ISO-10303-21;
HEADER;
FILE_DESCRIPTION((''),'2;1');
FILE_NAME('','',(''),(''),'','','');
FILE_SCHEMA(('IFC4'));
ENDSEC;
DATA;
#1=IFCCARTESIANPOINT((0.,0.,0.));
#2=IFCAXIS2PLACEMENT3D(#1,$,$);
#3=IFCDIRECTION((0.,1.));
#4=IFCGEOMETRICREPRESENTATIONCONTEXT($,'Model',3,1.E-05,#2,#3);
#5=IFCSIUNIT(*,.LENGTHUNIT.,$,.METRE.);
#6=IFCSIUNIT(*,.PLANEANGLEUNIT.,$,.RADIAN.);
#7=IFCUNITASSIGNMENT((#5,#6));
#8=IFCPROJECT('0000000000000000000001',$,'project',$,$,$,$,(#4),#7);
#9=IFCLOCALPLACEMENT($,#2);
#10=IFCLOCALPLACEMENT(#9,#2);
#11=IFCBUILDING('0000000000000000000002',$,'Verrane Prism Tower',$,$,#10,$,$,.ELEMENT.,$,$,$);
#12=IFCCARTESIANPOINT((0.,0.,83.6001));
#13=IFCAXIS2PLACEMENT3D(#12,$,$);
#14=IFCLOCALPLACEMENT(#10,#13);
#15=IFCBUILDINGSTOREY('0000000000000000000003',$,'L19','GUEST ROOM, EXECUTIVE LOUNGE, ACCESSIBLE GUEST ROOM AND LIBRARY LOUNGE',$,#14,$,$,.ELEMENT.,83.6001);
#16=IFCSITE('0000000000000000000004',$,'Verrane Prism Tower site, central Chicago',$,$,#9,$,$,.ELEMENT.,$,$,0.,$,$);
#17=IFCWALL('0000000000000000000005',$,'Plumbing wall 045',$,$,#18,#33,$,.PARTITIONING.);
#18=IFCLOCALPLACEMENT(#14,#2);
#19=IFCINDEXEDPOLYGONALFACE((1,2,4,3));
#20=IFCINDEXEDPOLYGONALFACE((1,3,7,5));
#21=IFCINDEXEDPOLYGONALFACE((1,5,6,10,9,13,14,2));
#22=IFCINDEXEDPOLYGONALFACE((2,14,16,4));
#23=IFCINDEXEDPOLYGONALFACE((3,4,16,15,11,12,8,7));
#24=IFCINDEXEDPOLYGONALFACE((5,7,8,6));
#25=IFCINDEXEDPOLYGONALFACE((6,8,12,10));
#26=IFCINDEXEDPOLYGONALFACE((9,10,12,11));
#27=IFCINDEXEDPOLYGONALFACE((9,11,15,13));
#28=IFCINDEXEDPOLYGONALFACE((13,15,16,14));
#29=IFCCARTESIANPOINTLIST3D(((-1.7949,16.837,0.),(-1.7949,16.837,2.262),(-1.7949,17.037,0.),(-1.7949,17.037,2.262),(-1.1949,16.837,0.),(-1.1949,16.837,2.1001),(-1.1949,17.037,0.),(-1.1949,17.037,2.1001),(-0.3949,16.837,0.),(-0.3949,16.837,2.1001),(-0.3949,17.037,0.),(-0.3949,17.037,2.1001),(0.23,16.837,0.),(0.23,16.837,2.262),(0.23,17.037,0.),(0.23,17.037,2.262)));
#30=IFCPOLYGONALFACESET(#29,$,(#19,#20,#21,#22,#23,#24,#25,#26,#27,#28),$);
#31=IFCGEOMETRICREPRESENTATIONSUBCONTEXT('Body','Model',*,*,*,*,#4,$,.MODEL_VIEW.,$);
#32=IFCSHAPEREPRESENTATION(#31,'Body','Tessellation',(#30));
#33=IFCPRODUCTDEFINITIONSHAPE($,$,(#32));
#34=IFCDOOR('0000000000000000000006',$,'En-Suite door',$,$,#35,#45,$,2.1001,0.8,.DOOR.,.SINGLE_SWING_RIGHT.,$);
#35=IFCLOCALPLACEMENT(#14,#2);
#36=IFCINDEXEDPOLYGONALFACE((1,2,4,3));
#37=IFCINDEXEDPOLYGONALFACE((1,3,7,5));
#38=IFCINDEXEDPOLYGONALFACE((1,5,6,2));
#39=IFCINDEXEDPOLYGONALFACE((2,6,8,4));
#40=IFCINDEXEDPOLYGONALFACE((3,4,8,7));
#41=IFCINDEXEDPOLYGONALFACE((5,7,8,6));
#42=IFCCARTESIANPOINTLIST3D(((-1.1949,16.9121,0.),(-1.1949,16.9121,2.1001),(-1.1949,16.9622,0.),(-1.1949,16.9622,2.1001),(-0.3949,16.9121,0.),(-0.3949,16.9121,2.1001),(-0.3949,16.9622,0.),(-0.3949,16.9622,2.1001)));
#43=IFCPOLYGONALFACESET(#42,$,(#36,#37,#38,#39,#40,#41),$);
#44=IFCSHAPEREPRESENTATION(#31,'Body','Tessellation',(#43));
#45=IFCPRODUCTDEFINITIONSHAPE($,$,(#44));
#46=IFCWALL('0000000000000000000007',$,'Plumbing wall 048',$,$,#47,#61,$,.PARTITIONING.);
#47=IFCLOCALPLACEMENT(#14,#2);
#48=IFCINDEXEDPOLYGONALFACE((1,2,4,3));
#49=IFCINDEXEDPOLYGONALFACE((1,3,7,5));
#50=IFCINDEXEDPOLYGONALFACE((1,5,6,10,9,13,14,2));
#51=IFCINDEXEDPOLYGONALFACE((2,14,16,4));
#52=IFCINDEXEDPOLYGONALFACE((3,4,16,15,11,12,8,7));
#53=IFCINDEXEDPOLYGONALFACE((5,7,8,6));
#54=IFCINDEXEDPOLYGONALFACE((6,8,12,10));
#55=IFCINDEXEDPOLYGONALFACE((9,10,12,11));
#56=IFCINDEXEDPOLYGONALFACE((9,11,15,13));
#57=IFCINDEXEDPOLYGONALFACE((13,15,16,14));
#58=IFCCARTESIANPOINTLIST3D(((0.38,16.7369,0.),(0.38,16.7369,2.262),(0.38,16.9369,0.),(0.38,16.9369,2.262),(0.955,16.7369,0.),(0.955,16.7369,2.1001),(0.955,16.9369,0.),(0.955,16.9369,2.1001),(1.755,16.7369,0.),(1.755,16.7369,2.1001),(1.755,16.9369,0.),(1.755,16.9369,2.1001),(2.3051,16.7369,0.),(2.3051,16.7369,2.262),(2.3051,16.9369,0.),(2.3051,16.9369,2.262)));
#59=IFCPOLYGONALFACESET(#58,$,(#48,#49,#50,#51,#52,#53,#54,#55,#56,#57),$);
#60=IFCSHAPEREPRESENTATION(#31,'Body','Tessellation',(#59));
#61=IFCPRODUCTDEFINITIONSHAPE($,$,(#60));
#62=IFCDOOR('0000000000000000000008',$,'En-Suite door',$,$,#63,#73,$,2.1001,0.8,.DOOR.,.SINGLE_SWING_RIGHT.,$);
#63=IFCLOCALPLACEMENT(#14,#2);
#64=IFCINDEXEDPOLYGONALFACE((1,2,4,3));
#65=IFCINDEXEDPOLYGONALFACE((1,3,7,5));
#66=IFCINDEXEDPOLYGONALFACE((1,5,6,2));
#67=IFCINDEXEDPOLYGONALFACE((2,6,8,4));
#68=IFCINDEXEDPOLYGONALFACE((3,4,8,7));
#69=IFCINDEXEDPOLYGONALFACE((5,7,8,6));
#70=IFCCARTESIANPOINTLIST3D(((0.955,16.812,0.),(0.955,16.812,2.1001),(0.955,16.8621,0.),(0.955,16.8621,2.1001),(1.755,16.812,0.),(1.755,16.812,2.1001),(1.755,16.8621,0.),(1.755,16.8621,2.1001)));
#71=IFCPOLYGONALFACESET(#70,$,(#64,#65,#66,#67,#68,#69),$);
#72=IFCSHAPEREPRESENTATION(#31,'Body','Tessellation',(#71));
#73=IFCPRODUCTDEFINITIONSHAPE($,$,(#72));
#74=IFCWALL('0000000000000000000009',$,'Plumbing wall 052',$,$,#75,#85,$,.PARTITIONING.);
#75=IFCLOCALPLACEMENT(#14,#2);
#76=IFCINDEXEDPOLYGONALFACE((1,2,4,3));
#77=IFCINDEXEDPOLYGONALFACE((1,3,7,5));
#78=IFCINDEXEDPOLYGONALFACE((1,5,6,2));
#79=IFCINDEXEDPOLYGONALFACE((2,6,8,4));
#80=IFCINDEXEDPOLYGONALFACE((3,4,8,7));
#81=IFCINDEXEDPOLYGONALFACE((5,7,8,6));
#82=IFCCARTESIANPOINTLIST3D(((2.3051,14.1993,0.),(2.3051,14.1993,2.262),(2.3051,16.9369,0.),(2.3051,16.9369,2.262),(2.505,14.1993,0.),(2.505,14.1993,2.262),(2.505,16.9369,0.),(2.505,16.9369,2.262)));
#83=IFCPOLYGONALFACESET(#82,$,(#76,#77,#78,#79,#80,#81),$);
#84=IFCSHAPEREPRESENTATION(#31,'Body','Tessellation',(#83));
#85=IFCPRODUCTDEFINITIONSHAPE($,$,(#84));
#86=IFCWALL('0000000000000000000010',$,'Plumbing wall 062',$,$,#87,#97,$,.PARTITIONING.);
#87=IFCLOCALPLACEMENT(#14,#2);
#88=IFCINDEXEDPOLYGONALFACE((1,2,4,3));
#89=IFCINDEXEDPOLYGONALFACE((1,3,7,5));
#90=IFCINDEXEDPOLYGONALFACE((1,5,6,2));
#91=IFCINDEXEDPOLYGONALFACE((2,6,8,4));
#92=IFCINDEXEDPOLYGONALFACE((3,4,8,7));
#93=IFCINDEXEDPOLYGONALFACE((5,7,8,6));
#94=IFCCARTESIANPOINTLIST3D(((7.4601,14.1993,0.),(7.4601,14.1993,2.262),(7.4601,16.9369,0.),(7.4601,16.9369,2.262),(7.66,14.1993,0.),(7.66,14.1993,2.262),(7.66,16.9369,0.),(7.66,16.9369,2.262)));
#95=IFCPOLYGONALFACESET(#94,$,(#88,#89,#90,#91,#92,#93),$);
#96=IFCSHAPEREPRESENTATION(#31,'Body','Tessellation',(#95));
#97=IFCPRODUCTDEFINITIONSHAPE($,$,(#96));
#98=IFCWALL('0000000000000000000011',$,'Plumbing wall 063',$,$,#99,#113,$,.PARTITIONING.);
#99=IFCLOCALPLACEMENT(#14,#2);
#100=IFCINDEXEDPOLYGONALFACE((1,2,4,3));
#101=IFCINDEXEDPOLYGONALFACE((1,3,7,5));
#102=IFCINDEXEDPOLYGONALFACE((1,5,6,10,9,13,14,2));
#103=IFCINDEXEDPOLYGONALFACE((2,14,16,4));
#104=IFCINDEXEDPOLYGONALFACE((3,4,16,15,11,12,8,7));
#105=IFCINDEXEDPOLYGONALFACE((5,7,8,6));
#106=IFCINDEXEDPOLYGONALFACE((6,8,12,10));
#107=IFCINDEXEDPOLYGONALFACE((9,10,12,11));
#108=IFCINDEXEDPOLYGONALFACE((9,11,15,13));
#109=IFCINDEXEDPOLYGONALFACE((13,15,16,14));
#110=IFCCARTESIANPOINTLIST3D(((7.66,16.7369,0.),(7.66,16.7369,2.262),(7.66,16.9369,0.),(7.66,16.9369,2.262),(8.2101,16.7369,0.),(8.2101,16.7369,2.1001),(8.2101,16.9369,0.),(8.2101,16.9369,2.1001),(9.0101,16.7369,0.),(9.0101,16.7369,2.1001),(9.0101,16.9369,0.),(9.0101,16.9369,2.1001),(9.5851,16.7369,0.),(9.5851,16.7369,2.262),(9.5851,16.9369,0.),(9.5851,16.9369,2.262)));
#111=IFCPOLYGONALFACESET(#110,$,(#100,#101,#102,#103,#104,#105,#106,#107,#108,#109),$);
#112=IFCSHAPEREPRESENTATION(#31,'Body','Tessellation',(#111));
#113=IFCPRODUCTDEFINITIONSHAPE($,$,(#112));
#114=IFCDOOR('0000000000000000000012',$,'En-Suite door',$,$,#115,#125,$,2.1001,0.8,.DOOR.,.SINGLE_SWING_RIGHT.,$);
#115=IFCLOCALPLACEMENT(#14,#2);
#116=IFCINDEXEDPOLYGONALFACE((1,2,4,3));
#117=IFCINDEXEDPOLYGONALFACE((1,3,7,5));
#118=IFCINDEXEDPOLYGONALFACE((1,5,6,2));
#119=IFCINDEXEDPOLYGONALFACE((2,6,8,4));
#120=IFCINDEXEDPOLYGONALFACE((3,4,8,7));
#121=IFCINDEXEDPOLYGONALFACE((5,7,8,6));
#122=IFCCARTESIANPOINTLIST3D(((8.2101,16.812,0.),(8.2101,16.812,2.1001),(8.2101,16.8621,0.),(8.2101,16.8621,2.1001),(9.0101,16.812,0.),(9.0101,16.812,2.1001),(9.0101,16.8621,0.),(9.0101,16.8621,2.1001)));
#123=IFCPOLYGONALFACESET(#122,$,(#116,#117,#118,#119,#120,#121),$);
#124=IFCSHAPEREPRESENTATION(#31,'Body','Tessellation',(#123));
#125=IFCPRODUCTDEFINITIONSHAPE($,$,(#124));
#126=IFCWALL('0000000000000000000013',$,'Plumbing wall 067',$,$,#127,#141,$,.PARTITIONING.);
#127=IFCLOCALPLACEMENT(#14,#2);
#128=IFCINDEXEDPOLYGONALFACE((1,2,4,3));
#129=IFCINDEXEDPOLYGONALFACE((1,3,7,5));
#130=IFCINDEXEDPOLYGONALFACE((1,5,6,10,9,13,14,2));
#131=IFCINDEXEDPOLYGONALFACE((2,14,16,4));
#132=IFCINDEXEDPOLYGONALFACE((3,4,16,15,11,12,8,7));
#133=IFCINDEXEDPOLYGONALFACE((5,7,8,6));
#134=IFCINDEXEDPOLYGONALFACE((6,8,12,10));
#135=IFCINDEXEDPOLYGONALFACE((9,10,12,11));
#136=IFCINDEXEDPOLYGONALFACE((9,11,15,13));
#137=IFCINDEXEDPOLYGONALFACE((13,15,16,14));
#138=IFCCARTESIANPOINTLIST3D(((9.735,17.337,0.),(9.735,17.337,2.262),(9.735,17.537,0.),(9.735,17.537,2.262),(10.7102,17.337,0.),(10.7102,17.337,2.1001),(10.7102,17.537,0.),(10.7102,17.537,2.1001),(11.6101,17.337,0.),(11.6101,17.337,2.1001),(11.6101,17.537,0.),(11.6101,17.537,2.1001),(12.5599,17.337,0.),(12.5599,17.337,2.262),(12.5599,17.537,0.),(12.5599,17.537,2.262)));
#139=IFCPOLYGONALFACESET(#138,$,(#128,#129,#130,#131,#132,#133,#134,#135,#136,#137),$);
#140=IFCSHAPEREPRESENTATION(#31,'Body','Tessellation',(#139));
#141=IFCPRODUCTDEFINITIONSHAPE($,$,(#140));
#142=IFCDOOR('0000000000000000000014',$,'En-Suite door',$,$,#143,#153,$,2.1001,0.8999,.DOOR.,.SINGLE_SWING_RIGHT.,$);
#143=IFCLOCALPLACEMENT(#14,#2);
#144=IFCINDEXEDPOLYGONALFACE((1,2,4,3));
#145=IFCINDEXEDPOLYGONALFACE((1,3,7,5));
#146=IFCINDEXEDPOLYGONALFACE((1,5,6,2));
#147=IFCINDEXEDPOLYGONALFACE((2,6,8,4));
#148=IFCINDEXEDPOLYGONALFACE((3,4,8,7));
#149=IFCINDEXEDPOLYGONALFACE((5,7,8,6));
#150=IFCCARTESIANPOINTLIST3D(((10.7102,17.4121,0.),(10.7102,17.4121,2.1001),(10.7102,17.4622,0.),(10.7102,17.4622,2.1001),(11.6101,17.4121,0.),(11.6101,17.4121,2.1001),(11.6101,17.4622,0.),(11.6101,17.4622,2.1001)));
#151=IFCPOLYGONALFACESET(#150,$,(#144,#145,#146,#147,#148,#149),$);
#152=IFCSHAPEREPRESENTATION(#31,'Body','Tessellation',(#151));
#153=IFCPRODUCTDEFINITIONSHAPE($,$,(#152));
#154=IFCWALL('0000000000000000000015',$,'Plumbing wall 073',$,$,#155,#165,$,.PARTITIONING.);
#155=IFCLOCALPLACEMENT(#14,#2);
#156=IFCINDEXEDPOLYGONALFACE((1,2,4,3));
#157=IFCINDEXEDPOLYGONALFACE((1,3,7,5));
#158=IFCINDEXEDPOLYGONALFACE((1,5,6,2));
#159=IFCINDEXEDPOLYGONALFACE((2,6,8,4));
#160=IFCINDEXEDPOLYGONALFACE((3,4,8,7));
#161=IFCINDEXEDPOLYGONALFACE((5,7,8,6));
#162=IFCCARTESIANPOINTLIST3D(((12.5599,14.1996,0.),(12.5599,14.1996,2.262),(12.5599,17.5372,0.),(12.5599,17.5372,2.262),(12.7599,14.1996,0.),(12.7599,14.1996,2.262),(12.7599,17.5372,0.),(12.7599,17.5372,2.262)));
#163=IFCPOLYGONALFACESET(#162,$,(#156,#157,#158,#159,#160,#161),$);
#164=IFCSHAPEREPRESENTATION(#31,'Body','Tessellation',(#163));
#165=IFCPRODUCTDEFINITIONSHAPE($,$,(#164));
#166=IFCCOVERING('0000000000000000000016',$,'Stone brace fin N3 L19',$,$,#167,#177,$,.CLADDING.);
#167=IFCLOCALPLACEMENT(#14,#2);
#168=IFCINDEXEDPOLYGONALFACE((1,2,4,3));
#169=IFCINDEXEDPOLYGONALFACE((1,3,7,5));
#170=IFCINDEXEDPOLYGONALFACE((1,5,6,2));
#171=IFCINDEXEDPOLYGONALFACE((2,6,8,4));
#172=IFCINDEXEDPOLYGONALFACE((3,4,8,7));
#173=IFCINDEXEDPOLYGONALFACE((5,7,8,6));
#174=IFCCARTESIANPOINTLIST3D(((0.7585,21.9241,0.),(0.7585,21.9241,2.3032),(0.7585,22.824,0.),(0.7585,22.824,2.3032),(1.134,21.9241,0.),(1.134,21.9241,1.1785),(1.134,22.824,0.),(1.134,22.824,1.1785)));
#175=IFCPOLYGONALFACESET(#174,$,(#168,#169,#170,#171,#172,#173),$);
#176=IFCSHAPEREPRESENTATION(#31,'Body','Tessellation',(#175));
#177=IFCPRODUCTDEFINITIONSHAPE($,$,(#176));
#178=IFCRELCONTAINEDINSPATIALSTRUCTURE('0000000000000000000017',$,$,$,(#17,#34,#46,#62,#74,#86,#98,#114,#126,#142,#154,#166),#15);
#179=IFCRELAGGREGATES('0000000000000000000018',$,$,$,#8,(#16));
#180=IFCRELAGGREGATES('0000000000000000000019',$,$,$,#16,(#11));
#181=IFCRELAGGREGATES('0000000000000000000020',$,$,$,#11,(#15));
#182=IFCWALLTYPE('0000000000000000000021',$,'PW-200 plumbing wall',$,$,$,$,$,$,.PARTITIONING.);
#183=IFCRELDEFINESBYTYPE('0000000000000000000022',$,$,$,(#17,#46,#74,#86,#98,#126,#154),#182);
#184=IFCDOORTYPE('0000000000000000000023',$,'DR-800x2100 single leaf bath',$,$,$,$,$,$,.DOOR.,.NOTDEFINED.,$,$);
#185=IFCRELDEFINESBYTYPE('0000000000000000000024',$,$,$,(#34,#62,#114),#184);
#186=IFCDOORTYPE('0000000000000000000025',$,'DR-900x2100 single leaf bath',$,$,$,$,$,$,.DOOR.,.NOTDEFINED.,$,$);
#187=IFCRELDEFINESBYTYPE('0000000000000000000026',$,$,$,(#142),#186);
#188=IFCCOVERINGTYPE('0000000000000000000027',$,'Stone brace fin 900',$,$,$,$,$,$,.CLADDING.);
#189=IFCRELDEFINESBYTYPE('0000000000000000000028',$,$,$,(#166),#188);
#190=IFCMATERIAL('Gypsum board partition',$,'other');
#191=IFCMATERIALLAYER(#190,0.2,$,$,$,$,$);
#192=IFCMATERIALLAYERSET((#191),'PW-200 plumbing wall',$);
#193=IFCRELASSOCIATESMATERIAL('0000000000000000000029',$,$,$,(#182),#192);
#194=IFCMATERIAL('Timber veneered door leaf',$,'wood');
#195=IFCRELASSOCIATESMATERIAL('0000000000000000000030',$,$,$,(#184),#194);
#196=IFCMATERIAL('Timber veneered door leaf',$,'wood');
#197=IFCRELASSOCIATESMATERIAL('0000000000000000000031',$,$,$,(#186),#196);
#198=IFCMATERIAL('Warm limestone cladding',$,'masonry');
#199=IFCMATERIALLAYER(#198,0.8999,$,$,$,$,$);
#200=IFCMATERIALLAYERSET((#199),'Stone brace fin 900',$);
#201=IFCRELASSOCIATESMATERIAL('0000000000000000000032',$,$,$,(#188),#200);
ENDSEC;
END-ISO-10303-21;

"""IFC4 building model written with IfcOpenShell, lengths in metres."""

from ifc_helpers import new_model, si_unit, direction, frame, frame_2d, origin, place, context, subcontext, project, spatial, polyline, rectangle, outline, extrude, material, layer, layer_set, type_object, element, fill, save


model = new_model("IFC4")

# Units and contexts
model_context = context("Model", 3, precision=1e-05, world=origin(), true_north=direction((0.0, 1.0)))
body_context = subcontext(model_context, "Body", "Model", "MODEL_VIEW")
ifc_project = project(units=[si_unit("LENGTHUNIT", "METRE"), si_unit("PLANEANGLEUNIT", "RADIAN")], contexts=[model_context])

# Site, building, storey
site_placement = place(None, origin())
site = spatial("IfcSite", under=ifc_project, at=site_placement, Name="Verrane Prism Tower site, central Chicago", CompositionType="ELEMENT", RefElevation=0.0)
building_placement = place(site_placement, origin())
building = spatial("IfcBuilding", under=site, at=building_placement, Name="Verrane Prism Tower", CompositionType="ELEMENT")
storey_placement = place(building_placement, frame((0.0, 0.0, 83.6001)))
storey = spatial("IfcBuildingStorey", under=building, at=storey_placement, Name="L19", Description="GUEST ROOM, EXECUTIVE LOUNGE, ACCESSIBLE GUEST ROOM AND LIBRARY LOUNGE", CompositionType="ELEMENT", Elevation=83.6001)

# Walls, openings, doors
ifc_material_1 = material(Name="Gypsum board partition", Category="other")
ifc_layer_1 = layer(ifc_material_1, 0.2)
ifc_layer_set_1 = layer_set([ifc_layer_1], Name="PW-200 plumbing wall")
wall_type_1 = type_object("IfcWallType", Name="PW-200 plumbing wall", PredefinedType="PARTITIONING", material=ifc_layer_set_1)
wall_1_placement = place(storey_placement, frame((0.23, 16.937, 0.0), z_axis=(0.0, 0.0, 1.0), x_axis=(-1.0, 0.0, 0.0)))
wall_1 = element("IfcWall", 1, at=wall_1_placement, inside=storey, type_object=wall_type_1, Name="Plumbing wall 045", PredefinedType="PARTITIONING", context=body_context, shape_type="SweptSolid", body=[
    extrude(rectangle(XDim=2.0249, YDim=0.2, at=frame_2d((1.0125, 0.0))), origin(), (0.0, 0.0, 1.0), 2.262),
])
opening_1_placement = place(wall_1_placement, frame((0.625, 0.0, 0.0)))
opening_1 = element("IfcOpeningElement", 2, at=opening_1_placement, cuts=wall_1, PredefinedType="OPENING", context=body_context, shape_type="SweptSolid", body=[
    extrude(rectangle(XDim=0.8, YDim=2.1001, at=frame_2d((0.3999, 1.05))), frame((0.0, 0.1099, 0.0), z_axis=(0.0, -1.0, 0.0), x_axis=(1.0, 0.0, 0.0)), (0.0, 0.0, 1.0), 0.22),
])
ifc_material_2 = material(Name="Timber veneered door leaf", Category="wood")
door_type_1 = type_object("IfcDoorType", Name="DR-800x2100 single leaf bath", OperationType="NOTDEFINED", PredefinedType="DOOR", material=ifc_material_2)
door_1_placement = place(opening_1_placement, origin())
door_1 = element("IfcDoor", 3, at=door_1_placement, inside=storey, type_object=door_type_1, Name="En-Suite door", OperationType="SINGLE_SWING_RIGHT", OverallHeight=2.1001, OverallWidth=0.8, PredefinedType="DOOR", context=body_context, shape_type="SweptSolid", body=[
    extrude(rectangle(XDim=0.8, YDim=2.1001, at=frame_2d((0.3999, 1.05))), frame((0.0, 0.0249, 0.0), z_axis=(0.0, -1.0, 0.0), x_axis=(1.0, 0.0, 0.0)), (0.0, 0.0, 1.0), 0.05),
])
fill(opening_1, door_1)
wall_2_placement = place(storey_placement, frame((2.3049, 16.8369, 0.0), z_axis=(0.0, 0.0, 1.0), x_axis=(-1.0, 0.0, 0.0)))
wall_2 = element("IfcWall", 4, at=wall_2_placement, inside=storey, type_object=wall_type_1, Name="Plumbing wall 048", PredefinedType="PARTITIONING", context=body_context, shape_type="SweptSolid", body=[
    extrude(rectangle(XDim=1.925, YDim=0.2, at=frame_2d((0.9624, 0.0))), origin(), (0.0, 0.0, 1.0), 2.262),
])
opening_2_placement = place(wall_2_placement, frame((0.55, 0.0, 0.0)))
opening_2 = element("IfcOpeningElement", 5, at=opening_2_placement, cuts=wall_2, PredefinedType="OPENING", context=body_context, shape_type="SweptSolid", body=[
    extrude(rectangle(XDim=0.8, YDim=2.1001, at=frame_2d((0.3999, 1.05))), frame((0.0, 0.1099, 0.0), z_axis=(0.0, -1.0, 0.0), x_axis=(1.0, 0.0, 0.0)), (0.0, 0.0, 1.0), 0.22),
])
door_2_placement = place(opening_2_placement, origin())
door_2 = element("IfcDoor", 6, at=door_2_placement, inside=storey, type_object=door_type_1, Name="En-Suite door", OperationType="SINGLE_SWING_RIGHT", OverallHeight=2.1001, OverallWidth=0.8, PredefinedType="DOOR", context=body_context, shape_type="SweptSolid", body=[
    extrude(rectangle(XDim=0.8, YDim=2.1001, at=frame_2d((0.3999, 1.05))), frame((0.0, 0.0249, 0.0), z_axis=(0.0, -1.0, 0.0), x_axis=(1.0, 0.0, 0.0)), (0.0, 0.0, 1.0), 0.05),
])
fill(opening_2, door_2)

# Walls
for number, where, z_axis, x_axis, name in (
    (7, (2.405, 14.1995, 0.0), (0.0, 0.0, 1.0), (0.0, 1.0, 0.0), "Plumbing wall 052"),
    (8, (7.5601, 14.1995, 0.0), (0.0, 0.0, 1.0), (0.0, 1.0, 0.0), "Plumbing wall 062"),
):
    element("IfcWall", number, at=place(storey_placement, frame(where, z_axis=z_axis, x_axis=x_axis)), inside=storey, type_object=wall_type_1, Name=name, PredefinedType="PARTITIONING", context=body_context, shape_type="SweptSolid", body=[
        extrude(rectangle(XDim=2.7375, YDim=0.2, at=frame_2d((1.3687, 0.0))), origin(), (0.0, 0.0, 1.0), 2.262),
    ])

# Walls, openings, doors
wall_3_placement = place(storey_placement, frame((9.585, 16.8369, 0.0), z_axis=(0.0, 0.0, 1.0), x_axis=(-1.0, 0.0, 0.0)))
wall_3 = element("IfcWall", 9, at=wall_3_placement, inside=storey, type_object=wall_type_1, Name="Plumbing wall 063", PredefinedType="PARTITIONING", context=body_context, shape_type="SweptSolid", body=[
    extrude(rectangle(XDim=1.925, YDim=0.2, at=frame_2d((0.9624, 0.0))), origin(), (0.0, 0.0, 1.0), 2.262),
])
opening_3_placement = place(wall_3_placement, frame((0.575, 0.0, 0.0)))
opening_3 = element("IfcOpeningElement", 10, at=opening_3_placement, cuts=wall_3, PredefinedType="OPENING", context=body_context, shape_type="SweptSolid", body=[
    extrude(rectangle(XDim=0.8, YDim=2.1001, at=frame_2d((0.3999, 1.05))), frame((0.0, 0.1099, 0.0), z_axis=(0.0, -1.0, 0.0), x_axis=(1.0, 0.0, 0.0)), (0.0, 0.0, 1.0), 0.22),
])
door_3_placement = place(opening_3_placement, origin())
door_3 = element("IfcDoor", 11, at=door_3_placement, inside=storey, type_object=door_type_1, Name="En-Suite door", OperationType="SINGLE_SWING_RIGHT", OverallHeight=2.1001, OverallWidth=0.8, PredefinedType="DOOR", context=body_context, shape_type="SweptSolid", body=[
    extrude(rectangle(XDim=0.8, YDim=2.1001, at=frame_2d((0.3999, 1.05))), frame((0.0, 0.0249, 0.0), z_axis=(0.0, -1.0, 0.0), x_axis=(1.0, 0.0, 0.0)), (0.0, 0.0, 1.0), 0.05),
])
fill(opening_3, door_3)
wall_4_placement = place(storey_placement, frame((12.5601, 17.437, 0.0), z_axis=(0.0, 0.0, 1.0), x_axis=(-1.0, 0.0, 0.0)))
wall_4 = element("IfcWall", 12, at=wall_4_placement, inside=storey, type_object=wall_type_1, Name="Plumbing wall 067", PredefinedType="PARTITIONING", context=body_context, shape_type="SweptSolid", body=[
    extrude(rectangle(XDim=2.825, YDim=0.2, at=frame_2d((1.4126, 0.0))), origin(), (0.0, 0.0, 1.0), 2.262),
])
opening_4_placement = place(wall_4_placement, frame((0.95, 0.0, 0.0)))
opening_4 = element("IfcOpeningElement", 13, at=opening_4_placement, cuts=wall_4, PredefinedType="OPENING", context=body_context, shape_type="SweptSolid", body=[
    extrude(rectangle(XDim=0.8999, YDim=2.1001, at=frame_2d((0.45, 1.05))), frame((0.0, 0.1099, 0.0), z_axis=(0.0, -1.0, 0.0), x_axis=(1.0, 0.0, 0.0)), (0.0, 0.0, 1.0), 0.22),
])
ifc_material_3 = material(Name="Timber veneered door leaf", Category="wood")
door_type_2 = type_object("IfcDoorType", Name="DR-900x2100 single leaf bath", OperationType="NOTDEFINED", PredefinedType="DOOR", material=ifc_material_3)
door_4_placement = place(opening_4_placement, origin())
door_4 = element("IfcDoor", 14, at=door_4_placement, inside=storey, type_object=door_type_2, Name="En-Suite door", OperationType="SINGLE_SWING_RIGHT", OverallHeight=2.1001, OverallWidth=0.8999, PredefinedType="DOOR", context=body_context, shape_type="SweptSolid", body=[
    extrude(rectangle(XDim=0.8999, YDim=2.1001, at=frame_2d((0.45, 1.05))), frame((0.0, 0.0249, 0.0), z_axis=(0.0, -1.0, 0.0), x_axis=(1.0, 0.0, 0.0)), (0.0, 0.0, 1.0), 0.05),
])
fill(opening_4, door_4)

# Wall
wall_5_placement = place(storey_placement, frame((12.6599, 14.1995, 0.0), z_axis=(0.0, 0.0, 1.0), x_axis=(0.0, 1.0, 0.0)))
element("IfcWall", 15, at=wall_5_placement, inside=storey, type_object=wall_type_1, Name="Plumbing wall 073", PredefinedType="PARTITIONING", context=body_context, shape_type="SweptSolid", body=[
    extrude(rectangle(XDim=3.3376, YDim=0.2, at=frame_2d((1.6689, 0.0))), origin(), (0.0, 0.0, 1.0), 2.262),
])

# Covering
ifc_material_4 = material(Name="Warm limestone cladding", Category="masonry")
ifc_layer_2 = layer(ifc_material_4, 0.8999)
ifc_layer_set_2 = layer_set([ifc_layer_2], Name="Stone brace fin 900")
covering_type = type_object("IfcCoveringType", Name="Stone brace fin 900", PredefinedType="CLADDING", material=ifc_layer_set_2)
covering_placement = place(storey_placement, frame((1.134, 22.374, 0.0), z_axis=(0.0, 0.0, 1.0), x_axis=(-1.0, 0.0, 0.0)))
element("IfcCovering", 16, at=covering_placement, inside=storey, type_object=covering_type, Name="Stone brace fin N3 L19", PredefinedType="CLADDING", context=body_context, shape_type="SweptSolid", body=[
    extrude(outline(polyline([(0.0, 0.0), (0.3755, 0.0), (0.3755, 2.3032), (0.0, 1.1785), (0.0, 0.0)])), frame((0.0, 0.45, 0.0), z_axis=(0.0, -1.0, 0.0), x_axis=(1.0, 0.0, 0.0)), (0.0, 0.0, 1.0), 0.8999),
])

save(model, "model.ifc")
